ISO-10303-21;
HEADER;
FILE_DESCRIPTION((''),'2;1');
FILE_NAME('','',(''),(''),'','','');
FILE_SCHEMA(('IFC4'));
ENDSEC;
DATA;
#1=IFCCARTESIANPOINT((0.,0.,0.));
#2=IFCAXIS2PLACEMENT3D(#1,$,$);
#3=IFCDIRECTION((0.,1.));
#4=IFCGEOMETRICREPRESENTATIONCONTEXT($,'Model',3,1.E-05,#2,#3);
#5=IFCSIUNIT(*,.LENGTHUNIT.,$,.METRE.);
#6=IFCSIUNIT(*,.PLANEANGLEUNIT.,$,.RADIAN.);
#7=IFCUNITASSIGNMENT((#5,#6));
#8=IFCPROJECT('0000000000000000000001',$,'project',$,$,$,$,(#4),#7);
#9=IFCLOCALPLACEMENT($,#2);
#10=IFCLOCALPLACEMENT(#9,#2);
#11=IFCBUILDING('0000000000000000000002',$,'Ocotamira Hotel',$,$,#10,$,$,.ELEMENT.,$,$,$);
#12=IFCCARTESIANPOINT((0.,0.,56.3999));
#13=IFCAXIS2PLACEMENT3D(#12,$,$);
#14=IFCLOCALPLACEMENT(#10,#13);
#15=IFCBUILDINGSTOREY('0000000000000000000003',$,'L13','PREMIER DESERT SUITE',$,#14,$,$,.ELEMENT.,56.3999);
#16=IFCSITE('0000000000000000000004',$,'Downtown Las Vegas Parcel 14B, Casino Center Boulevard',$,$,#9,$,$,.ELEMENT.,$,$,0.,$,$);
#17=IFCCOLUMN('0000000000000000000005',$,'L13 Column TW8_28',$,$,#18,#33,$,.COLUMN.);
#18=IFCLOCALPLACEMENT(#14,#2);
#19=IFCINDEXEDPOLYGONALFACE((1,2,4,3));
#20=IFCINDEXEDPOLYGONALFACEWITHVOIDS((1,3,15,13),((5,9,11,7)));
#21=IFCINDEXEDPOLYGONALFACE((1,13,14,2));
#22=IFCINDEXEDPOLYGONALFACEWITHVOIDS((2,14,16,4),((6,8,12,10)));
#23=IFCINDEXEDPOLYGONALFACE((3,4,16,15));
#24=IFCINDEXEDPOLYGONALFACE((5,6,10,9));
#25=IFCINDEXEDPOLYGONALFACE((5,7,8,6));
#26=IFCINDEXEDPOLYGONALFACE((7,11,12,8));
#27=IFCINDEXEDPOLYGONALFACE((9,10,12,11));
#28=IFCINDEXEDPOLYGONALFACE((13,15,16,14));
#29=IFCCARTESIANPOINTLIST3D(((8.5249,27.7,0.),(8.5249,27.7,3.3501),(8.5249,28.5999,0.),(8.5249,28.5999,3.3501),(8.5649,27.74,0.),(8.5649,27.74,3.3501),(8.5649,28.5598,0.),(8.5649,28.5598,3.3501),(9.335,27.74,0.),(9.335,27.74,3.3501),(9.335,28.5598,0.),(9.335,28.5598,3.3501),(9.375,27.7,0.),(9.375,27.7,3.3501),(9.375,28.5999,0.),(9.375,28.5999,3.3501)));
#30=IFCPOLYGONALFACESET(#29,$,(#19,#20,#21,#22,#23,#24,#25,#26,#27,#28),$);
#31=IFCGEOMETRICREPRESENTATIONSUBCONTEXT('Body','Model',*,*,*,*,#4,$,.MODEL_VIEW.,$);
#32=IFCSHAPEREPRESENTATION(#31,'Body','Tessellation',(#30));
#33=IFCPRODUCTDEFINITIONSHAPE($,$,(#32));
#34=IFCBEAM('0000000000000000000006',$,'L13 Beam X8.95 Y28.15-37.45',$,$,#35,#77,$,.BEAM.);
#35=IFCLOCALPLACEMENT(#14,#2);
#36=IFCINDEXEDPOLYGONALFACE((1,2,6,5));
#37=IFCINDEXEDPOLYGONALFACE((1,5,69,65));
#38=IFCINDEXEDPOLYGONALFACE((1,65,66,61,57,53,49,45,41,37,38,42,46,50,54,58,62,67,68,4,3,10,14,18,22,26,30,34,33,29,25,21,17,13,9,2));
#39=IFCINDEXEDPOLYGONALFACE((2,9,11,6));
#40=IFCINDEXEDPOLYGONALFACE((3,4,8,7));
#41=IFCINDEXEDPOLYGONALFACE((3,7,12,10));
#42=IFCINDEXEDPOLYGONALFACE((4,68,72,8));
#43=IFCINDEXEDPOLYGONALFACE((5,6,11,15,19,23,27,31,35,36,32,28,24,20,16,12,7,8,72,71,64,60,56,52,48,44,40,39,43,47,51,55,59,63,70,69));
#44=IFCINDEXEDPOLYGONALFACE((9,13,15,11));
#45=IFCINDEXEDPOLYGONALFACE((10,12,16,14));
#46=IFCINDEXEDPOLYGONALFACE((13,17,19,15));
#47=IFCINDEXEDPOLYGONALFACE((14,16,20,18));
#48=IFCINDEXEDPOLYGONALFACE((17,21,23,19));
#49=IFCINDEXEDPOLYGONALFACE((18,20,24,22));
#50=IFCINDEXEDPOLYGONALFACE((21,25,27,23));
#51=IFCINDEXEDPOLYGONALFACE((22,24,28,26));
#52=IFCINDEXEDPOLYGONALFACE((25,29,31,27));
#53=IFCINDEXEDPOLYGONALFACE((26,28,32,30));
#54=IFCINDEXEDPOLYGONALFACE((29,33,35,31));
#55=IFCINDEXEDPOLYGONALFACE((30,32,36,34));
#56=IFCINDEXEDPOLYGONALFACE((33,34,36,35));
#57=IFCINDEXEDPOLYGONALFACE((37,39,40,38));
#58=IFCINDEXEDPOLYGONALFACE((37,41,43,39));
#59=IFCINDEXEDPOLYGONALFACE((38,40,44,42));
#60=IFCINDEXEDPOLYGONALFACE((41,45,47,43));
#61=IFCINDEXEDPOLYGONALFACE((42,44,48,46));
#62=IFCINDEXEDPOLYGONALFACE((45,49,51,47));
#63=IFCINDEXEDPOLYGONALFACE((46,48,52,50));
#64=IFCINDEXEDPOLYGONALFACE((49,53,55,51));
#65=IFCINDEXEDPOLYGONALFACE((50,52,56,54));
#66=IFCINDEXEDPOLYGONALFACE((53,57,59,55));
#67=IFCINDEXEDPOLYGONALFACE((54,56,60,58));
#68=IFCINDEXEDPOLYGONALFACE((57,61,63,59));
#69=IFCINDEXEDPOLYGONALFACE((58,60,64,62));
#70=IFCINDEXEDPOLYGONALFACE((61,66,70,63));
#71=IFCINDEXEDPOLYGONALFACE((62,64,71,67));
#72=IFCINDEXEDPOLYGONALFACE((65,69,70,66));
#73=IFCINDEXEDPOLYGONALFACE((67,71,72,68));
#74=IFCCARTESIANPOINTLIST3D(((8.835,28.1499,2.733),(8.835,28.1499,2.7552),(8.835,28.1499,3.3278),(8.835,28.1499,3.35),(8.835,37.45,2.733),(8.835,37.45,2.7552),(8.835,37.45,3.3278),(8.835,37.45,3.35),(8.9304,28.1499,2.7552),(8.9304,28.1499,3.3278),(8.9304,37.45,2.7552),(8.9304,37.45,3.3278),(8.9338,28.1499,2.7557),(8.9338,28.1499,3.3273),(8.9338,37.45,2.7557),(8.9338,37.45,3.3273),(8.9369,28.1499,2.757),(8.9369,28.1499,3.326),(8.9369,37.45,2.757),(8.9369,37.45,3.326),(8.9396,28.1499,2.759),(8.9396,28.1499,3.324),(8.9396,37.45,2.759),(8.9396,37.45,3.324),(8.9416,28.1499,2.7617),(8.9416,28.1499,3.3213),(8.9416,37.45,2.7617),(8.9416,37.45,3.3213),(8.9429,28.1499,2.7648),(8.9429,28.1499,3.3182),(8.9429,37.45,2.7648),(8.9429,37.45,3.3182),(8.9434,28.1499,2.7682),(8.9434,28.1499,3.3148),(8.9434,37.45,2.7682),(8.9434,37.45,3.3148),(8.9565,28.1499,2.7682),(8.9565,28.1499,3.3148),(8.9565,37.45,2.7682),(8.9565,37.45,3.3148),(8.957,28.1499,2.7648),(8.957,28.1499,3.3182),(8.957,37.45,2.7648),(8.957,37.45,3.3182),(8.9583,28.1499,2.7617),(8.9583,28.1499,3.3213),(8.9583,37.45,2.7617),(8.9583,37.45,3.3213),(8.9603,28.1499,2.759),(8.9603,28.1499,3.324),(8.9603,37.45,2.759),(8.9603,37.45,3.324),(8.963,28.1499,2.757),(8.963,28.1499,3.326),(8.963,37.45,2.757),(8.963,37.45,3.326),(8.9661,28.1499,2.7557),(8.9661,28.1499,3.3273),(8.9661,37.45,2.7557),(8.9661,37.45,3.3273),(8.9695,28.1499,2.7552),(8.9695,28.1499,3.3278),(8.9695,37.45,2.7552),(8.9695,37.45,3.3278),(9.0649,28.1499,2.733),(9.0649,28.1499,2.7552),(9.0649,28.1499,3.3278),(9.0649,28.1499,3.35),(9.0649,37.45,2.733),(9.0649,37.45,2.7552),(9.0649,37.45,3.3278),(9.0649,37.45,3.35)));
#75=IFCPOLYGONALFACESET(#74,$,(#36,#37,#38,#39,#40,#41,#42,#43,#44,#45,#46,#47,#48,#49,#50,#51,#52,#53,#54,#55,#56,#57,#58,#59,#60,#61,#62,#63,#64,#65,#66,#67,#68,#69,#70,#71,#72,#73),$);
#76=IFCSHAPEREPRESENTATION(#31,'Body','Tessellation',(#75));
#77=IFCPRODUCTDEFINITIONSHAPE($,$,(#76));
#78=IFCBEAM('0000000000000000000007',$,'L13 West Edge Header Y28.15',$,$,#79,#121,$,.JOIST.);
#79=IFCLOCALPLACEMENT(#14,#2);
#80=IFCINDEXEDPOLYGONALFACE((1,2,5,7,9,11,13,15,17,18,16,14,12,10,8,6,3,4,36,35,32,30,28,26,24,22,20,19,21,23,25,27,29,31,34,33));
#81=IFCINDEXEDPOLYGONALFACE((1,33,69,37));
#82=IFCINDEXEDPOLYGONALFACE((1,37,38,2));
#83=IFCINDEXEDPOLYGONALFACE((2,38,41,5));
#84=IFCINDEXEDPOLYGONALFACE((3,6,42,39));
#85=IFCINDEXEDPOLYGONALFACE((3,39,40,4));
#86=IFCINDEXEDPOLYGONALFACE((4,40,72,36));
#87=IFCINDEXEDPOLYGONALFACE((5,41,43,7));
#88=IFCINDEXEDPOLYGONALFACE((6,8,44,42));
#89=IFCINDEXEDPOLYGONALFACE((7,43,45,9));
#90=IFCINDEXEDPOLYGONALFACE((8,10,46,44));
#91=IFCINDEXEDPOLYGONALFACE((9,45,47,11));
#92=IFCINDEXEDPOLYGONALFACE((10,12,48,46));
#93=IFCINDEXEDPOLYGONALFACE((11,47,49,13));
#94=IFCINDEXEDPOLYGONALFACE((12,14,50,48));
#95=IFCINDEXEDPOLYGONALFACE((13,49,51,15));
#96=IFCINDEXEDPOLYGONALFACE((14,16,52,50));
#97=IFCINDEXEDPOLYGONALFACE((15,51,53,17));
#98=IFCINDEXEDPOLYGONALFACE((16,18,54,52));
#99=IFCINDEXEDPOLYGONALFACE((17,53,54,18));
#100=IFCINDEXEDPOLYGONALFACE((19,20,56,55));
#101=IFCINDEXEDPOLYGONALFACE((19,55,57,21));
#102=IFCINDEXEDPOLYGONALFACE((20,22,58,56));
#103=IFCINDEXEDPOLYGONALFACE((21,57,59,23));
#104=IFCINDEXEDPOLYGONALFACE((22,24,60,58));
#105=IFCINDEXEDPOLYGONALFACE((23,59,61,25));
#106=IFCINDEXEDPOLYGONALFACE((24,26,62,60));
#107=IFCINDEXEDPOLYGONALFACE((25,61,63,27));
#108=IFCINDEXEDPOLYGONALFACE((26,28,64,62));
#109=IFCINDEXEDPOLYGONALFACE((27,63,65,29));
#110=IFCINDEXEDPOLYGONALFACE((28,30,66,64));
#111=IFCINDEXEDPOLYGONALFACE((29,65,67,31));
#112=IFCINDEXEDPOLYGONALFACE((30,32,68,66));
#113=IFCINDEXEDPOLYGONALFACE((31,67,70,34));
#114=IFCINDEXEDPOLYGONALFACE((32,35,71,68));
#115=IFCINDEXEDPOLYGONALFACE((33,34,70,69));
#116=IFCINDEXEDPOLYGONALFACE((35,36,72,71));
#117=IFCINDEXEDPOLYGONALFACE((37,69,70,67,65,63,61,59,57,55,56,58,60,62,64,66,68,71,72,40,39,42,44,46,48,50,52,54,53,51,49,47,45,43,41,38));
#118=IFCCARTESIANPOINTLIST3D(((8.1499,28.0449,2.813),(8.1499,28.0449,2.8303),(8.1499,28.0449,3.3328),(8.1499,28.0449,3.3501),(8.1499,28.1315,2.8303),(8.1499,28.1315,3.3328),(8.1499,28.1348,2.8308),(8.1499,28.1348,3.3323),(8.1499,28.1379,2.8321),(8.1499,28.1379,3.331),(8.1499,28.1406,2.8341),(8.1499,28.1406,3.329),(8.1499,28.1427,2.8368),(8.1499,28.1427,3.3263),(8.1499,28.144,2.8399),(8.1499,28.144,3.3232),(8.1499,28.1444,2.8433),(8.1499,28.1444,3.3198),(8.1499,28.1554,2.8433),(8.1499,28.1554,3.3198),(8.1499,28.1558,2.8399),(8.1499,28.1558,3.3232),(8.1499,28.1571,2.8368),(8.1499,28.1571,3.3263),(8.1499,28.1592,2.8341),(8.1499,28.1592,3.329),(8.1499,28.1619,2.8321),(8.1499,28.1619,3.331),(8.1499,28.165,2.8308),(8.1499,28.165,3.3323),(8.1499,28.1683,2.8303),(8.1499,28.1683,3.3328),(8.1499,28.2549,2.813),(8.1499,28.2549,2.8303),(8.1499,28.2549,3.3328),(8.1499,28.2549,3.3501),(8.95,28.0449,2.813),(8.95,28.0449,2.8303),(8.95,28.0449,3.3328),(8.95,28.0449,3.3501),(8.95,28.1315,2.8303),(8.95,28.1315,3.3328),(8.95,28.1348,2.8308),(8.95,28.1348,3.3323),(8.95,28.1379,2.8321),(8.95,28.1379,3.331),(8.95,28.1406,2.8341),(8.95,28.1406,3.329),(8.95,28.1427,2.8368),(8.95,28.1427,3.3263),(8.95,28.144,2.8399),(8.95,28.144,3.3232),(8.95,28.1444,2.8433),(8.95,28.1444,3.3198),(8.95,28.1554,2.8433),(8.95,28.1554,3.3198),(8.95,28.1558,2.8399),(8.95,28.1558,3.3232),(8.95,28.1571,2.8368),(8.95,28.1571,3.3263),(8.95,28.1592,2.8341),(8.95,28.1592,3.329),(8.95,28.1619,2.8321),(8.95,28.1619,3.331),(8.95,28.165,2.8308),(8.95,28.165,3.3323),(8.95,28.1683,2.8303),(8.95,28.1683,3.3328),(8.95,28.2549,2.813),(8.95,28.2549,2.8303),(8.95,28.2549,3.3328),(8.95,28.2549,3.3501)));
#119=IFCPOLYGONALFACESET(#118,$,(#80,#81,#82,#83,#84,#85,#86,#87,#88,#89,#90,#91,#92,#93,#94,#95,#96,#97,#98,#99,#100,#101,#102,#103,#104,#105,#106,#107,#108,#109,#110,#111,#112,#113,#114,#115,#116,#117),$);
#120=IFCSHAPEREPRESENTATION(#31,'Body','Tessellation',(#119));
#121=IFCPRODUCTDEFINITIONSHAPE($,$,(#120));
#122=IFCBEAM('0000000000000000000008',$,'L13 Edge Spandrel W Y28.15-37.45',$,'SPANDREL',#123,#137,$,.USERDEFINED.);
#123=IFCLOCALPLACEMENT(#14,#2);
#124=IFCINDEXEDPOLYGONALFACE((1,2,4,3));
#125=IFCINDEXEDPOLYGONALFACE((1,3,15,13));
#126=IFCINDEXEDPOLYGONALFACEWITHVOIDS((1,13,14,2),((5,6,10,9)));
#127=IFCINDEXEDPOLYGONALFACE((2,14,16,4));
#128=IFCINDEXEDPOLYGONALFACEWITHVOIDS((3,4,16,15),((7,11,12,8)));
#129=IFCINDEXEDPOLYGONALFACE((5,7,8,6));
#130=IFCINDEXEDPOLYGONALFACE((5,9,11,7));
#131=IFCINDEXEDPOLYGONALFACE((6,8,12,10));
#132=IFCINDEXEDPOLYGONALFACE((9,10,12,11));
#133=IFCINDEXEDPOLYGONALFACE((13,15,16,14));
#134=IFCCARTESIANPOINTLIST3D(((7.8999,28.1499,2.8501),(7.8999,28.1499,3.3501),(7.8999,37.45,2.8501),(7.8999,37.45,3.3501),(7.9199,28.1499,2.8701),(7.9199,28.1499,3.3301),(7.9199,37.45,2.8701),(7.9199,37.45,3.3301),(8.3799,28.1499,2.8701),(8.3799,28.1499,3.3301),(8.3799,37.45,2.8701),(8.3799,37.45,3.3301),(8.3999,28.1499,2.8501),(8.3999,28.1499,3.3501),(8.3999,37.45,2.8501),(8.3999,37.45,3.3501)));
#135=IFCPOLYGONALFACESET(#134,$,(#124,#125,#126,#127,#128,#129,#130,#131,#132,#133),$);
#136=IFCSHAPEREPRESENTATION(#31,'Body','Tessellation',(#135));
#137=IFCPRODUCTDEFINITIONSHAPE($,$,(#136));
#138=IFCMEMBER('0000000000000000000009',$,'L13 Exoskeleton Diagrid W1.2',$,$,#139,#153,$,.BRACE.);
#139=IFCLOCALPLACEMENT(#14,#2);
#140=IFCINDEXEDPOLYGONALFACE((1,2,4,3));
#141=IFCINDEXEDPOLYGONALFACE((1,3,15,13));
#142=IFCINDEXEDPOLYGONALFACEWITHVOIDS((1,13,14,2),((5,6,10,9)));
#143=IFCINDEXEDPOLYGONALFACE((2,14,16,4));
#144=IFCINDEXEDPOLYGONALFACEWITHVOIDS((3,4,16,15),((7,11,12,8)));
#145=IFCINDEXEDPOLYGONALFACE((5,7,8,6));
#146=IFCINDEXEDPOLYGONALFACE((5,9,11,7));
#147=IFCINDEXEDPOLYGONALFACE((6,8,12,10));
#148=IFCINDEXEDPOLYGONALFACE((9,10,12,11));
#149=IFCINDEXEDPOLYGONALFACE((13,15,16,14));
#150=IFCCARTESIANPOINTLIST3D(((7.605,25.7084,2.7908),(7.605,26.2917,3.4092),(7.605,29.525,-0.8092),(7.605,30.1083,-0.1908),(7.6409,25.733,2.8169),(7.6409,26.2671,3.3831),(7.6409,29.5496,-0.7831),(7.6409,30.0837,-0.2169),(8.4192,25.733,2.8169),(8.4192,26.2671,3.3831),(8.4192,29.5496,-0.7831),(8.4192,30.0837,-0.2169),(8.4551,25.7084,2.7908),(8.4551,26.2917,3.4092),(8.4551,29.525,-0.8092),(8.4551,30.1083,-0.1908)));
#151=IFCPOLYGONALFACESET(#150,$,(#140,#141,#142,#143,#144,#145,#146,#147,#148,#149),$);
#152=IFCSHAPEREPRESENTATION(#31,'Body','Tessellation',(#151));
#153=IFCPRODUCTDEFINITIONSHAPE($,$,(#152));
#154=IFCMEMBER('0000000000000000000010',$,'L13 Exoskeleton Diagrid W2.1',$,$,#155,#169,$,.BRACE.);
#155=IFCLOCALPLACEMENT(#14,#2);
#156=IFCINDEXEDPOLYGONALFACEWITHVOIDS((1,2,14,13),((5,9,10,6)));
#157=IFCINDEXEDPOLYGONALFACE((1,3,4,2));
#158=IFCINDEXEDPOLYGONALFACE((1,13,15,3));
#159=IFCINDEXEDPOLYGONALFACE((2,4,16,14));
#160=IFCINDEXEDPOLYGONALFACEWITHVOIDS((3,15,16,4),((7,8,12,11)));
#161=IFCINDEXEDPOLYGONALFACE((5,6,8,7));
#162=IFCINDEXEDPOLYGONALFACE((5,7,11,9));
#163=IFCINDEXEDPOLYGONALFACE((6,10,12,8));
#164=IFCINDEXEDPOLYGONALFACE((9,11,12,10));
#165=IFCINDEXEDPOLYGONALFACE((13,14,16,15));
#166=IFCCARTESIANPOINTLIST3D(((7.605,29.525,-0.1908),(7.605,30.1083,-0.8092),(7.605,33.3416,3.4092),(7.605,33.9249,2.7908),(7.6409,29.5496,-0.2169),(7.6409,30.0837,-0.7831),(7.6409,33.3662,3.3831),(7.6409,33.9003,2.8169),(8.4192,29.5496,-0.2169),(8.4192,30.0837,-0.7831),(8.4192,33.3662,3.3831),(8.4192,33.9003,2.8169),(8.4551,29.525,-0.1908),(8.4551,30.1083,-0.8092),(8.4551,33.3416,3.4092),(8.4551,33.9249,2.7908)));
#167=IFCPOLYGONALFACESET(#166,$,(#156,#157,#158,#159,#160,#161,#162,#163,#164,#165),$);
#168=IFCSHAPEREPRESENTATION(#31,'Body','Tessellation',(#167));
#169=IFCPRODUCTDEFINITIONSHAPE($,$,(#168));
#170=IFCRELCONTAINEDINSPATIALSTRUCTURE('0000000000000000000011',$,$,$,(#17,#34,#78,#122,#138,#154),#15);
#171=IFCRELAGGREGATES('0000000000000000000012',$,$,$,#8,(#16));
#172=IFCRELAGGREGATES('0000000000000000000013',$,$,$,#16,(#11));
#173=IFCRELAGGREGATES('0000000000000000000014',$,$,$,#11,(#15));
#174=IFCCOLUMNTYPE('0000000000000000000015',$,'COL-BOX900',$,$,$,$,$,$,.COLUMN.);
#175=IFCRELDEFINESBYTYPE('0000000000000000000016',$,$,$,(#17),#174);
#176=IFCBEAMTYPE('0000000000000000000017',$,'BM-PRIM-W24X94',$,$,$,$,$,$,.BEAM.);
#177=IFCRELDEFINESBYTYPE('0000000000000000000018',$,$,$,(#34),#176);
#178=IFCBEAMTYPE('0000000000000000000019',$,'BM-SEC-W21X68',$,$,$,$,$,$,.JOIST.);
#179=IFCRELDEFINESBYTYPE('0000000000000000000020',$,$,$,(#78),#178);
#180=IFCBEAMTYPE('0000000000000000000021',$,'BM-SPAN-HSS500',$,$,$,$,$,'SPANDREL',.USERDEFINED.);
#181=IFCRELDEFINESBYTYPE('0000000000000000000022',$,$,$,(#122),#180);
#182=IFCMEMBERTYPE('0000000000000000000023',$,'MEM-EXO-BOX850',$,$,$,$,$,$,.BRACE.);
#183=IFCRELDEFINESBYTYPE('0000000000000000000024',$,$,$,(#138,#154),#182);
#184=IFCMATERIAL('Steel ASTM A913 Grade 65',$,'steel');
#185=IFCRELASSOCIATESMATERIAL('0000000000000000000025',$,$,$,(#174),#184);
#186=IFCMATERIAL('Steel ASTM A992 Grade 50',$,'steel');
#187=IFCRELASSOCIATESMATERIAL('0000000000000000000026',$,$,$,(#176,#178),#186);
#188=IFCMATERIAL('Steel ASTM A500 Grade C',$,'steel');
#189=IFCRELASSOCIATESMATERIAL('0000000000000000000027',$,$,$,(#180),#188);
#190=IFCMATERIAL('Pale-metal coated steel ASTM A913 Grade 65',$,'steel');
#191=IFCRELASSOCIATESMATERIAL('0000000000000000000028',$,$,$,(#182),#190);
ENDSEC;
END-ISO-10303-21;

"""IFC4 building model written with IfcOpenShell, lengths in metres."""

from ifc_helpers import new_model, si_unit, direction, frame, origin, origin_2d, place, context, subcontext, project, spatial, hollow_rectangle, i_section, extrude, source, transform, mapped, material, material_profile, profile_set, type_object, element, save


model = new_model("IFC4")

# Units and contexts
model_context = context("Model", 3, precision=1e-05, world=origin(), true_north=direction((0.0, 1.0)))
body_context = subcontext(model_context, "Body", "Model", "MODEL_VIEW")
ifc_project = project(units=[si_unit("LENGTHUNIT", "METRE"), si_unit("PLANEANGLEUNIT", "RADIAN")], contexts=[model_context])

# Site, building, storey
site_placement = place(None, origin())
site = spatial("IfcSite", under=ifc_project, at=site_placement, Name="Downtown Las Vegas Parcel 14B, Casino Center Boulevard", CompositionType="ELEMENT", RefElevation=0.0)
building_placement = place(site_placement, origin())
building = spatial("IfcBuilding", under=site, at=building_placement, Name="Ocotamira Hotel", CompositionType="ELEMENT")
storey_placement = place(building_placement, frame((0.0, 0.0, 56.3999)))
storey = spatial("IfcBuildingStorey", under=building, at=storey_placement, Name="L13", Description="PREMIER DESERT SUITE", CompositionType="ELEMENT", Elevation=56.3999)

# Column
ifc_material_1 = material(Name="Steel ASTM A913 Grade 65", Category="steel")
ifc_material_profile_1 = material_profile(ifc_material_1, hollow_rectangle(XDim=0.8501, YDim=0.8999, WallThickness=0.04, at=origin_2d()), Name="BOX900X850X40")
ifc_profile_set_1 = profile_set([ifc_material_profile_1], Name="Steel ASTM A913 Grade 65")
column_type = type_object("IfcColumnType", Name="COL-BOX900", PredefinedType="COLUMN", material=ifc_profile_set_1)
shared_shape_1 = source(origin(), body_context, "Body", "SweptSolid", [
    extrude(hollow_rectangle(XDim=0.8501, YDim=0.8999, WallThickness=0.04, at=origin_2d()), origin(), (0.0, 0.0, 1.0), 3.3501),
])
column_placement = place(storey_placement, frame((8.95, 28.1499, 0.0), z_axis=(0.0, 0.0, 1.0), x_axis=(1.0, 0.0, 0.0)))
element("IfcColumn", 1, at=column_placement, inside=storey, type_object=column_type, Name="L13 Column TW8_28", PredefinedType="COLUMN", context=body_context, shape_type="MappedRepresentation", body=[
    mapped(shared_shape_1, transform((0.0, 0.0, 0.0), scale=1.0)),
])

# Beams
ifc_material_2 = material(Name="Steel ASTM A992 Grade 50", Category="steel")
ifc_material_profile_2 = material_profile(ifc_material_2, i_section(OverallWidth=0.23, OverallDepth=0.6169, WebThickness=0.0132, FlangeThickness=0.0222, FilletRadius=0.0129, at=origin_2d()), Name="W24X94")
ifc_profile_set_2 = profile_set([ifc_material_profile_2], Name="Steel ASTM A992 Grade 50")
beam_type_1 = type_object("IfcBeamType", Name="BM-PRIM-W24X94", PredefinedType="BEAM", material=ifc_profile_set_2)
shared_shape_2 = source(origin(), body_context, "Body", "SweptSolid", [
    extrude(i_section(OverallWidth=0.23, OverallDepth=0.6169, WebThickness=0.0132, FlangeThickness=0.0222, FilletRadius=0.0129, at=origin_2d()), origin(), (0.0, 0.0, 1.0), 9.3),
])
beam_1_placement = place(storey_placement, frame((8.95, 28.1499, 3.0415), z_axis=(0.0, 1.0, 0.0), x_axis=(-1.0, 0.0, 0.0)))
element("IfcBeam", 2, at=beam_1_placement, inside=storey, type_object=beam_type_1, Name="L13 Beam X8.95 Y28.15-37.45", PredefinedType="BEAM", context=body_context, shape_type="MappedRepresentation", body=[
    mapped(shared_shape_2, transform((0.0, 0.0, 0.0), scale=1.0)),
])
ifc_material_profile_3 = material_profile(ifc_material_2, i_section(OverallWidth=0.21, OverallDepth=0.5371, WebThickness=0.011, FlangeThickness=0.0173, FilletRadius=0.0129, at=origin_2d()), Name="W21X68")
ifc_profile_set_3 = profile_set([ifc_material_profile_3], Name="Steel ASTM A992 Grade 50")
beam_type_2 = type_object("IfcBeamType", Name="BM-SEC-W21X68", PredefinedType="JOIST", material=ifc_profile_set_3)
shared_shape_3 = source(origin(), body_context, "Body", "SweptSolid", [
    extrude(i_section(OverallWidth=0.21, OverallDepth=0.5371, WebThickness=0.011, FlangeThickness=0.0173, FilletRadius=0.0129, at=origin_2d()), origin(), (0.0, 0.0, 1.0), 0.8),
])
beam_2_placement = place(storey_placement, frame((8.95, 28.1499, 3.0815), z_axis=(-1.0, 0.0, 0.0), x_axis=(0.0, -1.0, 0.0)))
element("IfcBeam", 3, at=beam_2_placement, inside=storey, type_object=beam_type_2, Name="L13 West Edge Header Y28.15", PredefinedType="JOIST", context=body_context, shape_type="MappedRepresentation", body=[
    mapped(shared_shape_3, transform((0.0, 0.0, 0.0), scale=1.0)),
])
ifc_material_3 = material(Name="Steel ASTM A500 Grade C", Category="steel")
ifc_material_profile_4 = material_profile(ifc_material_3, hollow_rectangle(XDim=0.5, YDim=0.5, WallThickness=0.02, at=origin_2d()), Name="HSS500X500X20")
ifc_profile_set_4 = profile_set([ifc_material_profile_4], Name="Steel ASTM A500 Grade C")
beam_type_3 = type_object("IfcBeamType", Name="BM-SPAN-HSS500", ElementType="SPANDREL", PredefinedType="USERDEFINED", material=ifc_profile_set_4)
shared_shape_4 = source(origin(), body_context, "Body", "SweptSolid", [
    extrude(hollow_rectangle(XDim=0.5, YDim=0.5, WallThickness=0.02, at=origin_2d()), origin(), (0.0, 0.0, 1.0), 9.3),
])
beam_3_placement = place(storey_placement, frame((8.1499, 28.1499, 3.1001), z_axis=(0.0, 1.0, 0.0), x_axis=(-1.0, 0.0, 0.0)))
element("IfcBeam", 4, at=beam_3_placement, inside=storey, type_object=beam_type_3, Name="L13 Edge Spandrel W Y28.15-37.45", ObjectType="SPANDREL", PredefinedType="USERDEFINED", context=body_context, shape_type="MappedRepresentation", body=[
    mapped(shared_shape_4, transform((0.0, 0.0, 0.0), scale=1.0)),
])

# Members
ifc_material_4 = material(Name="Pale-metal coated steel ASTM A913 Grade 65", Category="steel")
ifc_material_profile_5 = material_profile(ifc_material_4, hollow_rectangle(XDim=0.8501, YDim=0.8501, WallThickness=0.0359, at=origin_2d()), Name="BOX850X850X36")
ifc_profile_set_5 = profile_set([ifc_material_profile_5], Name="Pale-metal coated steel ASTM A913 Grade 65")
member_type_1 = type_object("IfcMemberType", Name="MEM-EXO-BOX850", PredefinedType="BRACE", material=ifc_profile_set_5)
shared_shape_5 = source(origin(), body_context, "Body", "SweptSolid", [
    extrude(hollow_rectangle(XDim=0.8501, YDim=0.8501, WallThickness=0.0359, at=origin_2d()), origin(), (0.0, 0.0, 1.0), 5.2466),
])
for number, where, z_axis, x_axis, name in (
    (5, (8.03, 29.8167, -0.5), (0.0, -0.727443, 0.686168), (1.0, 0.0, 0.0), "L13 Exoskeleton Diagrid W1.2"),
    (6, (8.03, 29.8167, -0.5), (0.0, 0.727443, 0.686168), (-1.0, 0.0, 0.0), "L13 Exoskeleton Diagrid W2.1"),
):
    element("IfcMember", number, at=place(storey_placement, frame(where, z_axis=z_axis, x_axis=x_axis)), inside=storey, type_object=member_type_1, Name=name, PredefinedType="BRACE", context=body_context, shape_type="MappedRepresentation", body=[
        mapped(shared_shape_5, transform((0.0, 0.0, 0.0), scale=1.0)),
    ])

save(model, "model.ifc")
